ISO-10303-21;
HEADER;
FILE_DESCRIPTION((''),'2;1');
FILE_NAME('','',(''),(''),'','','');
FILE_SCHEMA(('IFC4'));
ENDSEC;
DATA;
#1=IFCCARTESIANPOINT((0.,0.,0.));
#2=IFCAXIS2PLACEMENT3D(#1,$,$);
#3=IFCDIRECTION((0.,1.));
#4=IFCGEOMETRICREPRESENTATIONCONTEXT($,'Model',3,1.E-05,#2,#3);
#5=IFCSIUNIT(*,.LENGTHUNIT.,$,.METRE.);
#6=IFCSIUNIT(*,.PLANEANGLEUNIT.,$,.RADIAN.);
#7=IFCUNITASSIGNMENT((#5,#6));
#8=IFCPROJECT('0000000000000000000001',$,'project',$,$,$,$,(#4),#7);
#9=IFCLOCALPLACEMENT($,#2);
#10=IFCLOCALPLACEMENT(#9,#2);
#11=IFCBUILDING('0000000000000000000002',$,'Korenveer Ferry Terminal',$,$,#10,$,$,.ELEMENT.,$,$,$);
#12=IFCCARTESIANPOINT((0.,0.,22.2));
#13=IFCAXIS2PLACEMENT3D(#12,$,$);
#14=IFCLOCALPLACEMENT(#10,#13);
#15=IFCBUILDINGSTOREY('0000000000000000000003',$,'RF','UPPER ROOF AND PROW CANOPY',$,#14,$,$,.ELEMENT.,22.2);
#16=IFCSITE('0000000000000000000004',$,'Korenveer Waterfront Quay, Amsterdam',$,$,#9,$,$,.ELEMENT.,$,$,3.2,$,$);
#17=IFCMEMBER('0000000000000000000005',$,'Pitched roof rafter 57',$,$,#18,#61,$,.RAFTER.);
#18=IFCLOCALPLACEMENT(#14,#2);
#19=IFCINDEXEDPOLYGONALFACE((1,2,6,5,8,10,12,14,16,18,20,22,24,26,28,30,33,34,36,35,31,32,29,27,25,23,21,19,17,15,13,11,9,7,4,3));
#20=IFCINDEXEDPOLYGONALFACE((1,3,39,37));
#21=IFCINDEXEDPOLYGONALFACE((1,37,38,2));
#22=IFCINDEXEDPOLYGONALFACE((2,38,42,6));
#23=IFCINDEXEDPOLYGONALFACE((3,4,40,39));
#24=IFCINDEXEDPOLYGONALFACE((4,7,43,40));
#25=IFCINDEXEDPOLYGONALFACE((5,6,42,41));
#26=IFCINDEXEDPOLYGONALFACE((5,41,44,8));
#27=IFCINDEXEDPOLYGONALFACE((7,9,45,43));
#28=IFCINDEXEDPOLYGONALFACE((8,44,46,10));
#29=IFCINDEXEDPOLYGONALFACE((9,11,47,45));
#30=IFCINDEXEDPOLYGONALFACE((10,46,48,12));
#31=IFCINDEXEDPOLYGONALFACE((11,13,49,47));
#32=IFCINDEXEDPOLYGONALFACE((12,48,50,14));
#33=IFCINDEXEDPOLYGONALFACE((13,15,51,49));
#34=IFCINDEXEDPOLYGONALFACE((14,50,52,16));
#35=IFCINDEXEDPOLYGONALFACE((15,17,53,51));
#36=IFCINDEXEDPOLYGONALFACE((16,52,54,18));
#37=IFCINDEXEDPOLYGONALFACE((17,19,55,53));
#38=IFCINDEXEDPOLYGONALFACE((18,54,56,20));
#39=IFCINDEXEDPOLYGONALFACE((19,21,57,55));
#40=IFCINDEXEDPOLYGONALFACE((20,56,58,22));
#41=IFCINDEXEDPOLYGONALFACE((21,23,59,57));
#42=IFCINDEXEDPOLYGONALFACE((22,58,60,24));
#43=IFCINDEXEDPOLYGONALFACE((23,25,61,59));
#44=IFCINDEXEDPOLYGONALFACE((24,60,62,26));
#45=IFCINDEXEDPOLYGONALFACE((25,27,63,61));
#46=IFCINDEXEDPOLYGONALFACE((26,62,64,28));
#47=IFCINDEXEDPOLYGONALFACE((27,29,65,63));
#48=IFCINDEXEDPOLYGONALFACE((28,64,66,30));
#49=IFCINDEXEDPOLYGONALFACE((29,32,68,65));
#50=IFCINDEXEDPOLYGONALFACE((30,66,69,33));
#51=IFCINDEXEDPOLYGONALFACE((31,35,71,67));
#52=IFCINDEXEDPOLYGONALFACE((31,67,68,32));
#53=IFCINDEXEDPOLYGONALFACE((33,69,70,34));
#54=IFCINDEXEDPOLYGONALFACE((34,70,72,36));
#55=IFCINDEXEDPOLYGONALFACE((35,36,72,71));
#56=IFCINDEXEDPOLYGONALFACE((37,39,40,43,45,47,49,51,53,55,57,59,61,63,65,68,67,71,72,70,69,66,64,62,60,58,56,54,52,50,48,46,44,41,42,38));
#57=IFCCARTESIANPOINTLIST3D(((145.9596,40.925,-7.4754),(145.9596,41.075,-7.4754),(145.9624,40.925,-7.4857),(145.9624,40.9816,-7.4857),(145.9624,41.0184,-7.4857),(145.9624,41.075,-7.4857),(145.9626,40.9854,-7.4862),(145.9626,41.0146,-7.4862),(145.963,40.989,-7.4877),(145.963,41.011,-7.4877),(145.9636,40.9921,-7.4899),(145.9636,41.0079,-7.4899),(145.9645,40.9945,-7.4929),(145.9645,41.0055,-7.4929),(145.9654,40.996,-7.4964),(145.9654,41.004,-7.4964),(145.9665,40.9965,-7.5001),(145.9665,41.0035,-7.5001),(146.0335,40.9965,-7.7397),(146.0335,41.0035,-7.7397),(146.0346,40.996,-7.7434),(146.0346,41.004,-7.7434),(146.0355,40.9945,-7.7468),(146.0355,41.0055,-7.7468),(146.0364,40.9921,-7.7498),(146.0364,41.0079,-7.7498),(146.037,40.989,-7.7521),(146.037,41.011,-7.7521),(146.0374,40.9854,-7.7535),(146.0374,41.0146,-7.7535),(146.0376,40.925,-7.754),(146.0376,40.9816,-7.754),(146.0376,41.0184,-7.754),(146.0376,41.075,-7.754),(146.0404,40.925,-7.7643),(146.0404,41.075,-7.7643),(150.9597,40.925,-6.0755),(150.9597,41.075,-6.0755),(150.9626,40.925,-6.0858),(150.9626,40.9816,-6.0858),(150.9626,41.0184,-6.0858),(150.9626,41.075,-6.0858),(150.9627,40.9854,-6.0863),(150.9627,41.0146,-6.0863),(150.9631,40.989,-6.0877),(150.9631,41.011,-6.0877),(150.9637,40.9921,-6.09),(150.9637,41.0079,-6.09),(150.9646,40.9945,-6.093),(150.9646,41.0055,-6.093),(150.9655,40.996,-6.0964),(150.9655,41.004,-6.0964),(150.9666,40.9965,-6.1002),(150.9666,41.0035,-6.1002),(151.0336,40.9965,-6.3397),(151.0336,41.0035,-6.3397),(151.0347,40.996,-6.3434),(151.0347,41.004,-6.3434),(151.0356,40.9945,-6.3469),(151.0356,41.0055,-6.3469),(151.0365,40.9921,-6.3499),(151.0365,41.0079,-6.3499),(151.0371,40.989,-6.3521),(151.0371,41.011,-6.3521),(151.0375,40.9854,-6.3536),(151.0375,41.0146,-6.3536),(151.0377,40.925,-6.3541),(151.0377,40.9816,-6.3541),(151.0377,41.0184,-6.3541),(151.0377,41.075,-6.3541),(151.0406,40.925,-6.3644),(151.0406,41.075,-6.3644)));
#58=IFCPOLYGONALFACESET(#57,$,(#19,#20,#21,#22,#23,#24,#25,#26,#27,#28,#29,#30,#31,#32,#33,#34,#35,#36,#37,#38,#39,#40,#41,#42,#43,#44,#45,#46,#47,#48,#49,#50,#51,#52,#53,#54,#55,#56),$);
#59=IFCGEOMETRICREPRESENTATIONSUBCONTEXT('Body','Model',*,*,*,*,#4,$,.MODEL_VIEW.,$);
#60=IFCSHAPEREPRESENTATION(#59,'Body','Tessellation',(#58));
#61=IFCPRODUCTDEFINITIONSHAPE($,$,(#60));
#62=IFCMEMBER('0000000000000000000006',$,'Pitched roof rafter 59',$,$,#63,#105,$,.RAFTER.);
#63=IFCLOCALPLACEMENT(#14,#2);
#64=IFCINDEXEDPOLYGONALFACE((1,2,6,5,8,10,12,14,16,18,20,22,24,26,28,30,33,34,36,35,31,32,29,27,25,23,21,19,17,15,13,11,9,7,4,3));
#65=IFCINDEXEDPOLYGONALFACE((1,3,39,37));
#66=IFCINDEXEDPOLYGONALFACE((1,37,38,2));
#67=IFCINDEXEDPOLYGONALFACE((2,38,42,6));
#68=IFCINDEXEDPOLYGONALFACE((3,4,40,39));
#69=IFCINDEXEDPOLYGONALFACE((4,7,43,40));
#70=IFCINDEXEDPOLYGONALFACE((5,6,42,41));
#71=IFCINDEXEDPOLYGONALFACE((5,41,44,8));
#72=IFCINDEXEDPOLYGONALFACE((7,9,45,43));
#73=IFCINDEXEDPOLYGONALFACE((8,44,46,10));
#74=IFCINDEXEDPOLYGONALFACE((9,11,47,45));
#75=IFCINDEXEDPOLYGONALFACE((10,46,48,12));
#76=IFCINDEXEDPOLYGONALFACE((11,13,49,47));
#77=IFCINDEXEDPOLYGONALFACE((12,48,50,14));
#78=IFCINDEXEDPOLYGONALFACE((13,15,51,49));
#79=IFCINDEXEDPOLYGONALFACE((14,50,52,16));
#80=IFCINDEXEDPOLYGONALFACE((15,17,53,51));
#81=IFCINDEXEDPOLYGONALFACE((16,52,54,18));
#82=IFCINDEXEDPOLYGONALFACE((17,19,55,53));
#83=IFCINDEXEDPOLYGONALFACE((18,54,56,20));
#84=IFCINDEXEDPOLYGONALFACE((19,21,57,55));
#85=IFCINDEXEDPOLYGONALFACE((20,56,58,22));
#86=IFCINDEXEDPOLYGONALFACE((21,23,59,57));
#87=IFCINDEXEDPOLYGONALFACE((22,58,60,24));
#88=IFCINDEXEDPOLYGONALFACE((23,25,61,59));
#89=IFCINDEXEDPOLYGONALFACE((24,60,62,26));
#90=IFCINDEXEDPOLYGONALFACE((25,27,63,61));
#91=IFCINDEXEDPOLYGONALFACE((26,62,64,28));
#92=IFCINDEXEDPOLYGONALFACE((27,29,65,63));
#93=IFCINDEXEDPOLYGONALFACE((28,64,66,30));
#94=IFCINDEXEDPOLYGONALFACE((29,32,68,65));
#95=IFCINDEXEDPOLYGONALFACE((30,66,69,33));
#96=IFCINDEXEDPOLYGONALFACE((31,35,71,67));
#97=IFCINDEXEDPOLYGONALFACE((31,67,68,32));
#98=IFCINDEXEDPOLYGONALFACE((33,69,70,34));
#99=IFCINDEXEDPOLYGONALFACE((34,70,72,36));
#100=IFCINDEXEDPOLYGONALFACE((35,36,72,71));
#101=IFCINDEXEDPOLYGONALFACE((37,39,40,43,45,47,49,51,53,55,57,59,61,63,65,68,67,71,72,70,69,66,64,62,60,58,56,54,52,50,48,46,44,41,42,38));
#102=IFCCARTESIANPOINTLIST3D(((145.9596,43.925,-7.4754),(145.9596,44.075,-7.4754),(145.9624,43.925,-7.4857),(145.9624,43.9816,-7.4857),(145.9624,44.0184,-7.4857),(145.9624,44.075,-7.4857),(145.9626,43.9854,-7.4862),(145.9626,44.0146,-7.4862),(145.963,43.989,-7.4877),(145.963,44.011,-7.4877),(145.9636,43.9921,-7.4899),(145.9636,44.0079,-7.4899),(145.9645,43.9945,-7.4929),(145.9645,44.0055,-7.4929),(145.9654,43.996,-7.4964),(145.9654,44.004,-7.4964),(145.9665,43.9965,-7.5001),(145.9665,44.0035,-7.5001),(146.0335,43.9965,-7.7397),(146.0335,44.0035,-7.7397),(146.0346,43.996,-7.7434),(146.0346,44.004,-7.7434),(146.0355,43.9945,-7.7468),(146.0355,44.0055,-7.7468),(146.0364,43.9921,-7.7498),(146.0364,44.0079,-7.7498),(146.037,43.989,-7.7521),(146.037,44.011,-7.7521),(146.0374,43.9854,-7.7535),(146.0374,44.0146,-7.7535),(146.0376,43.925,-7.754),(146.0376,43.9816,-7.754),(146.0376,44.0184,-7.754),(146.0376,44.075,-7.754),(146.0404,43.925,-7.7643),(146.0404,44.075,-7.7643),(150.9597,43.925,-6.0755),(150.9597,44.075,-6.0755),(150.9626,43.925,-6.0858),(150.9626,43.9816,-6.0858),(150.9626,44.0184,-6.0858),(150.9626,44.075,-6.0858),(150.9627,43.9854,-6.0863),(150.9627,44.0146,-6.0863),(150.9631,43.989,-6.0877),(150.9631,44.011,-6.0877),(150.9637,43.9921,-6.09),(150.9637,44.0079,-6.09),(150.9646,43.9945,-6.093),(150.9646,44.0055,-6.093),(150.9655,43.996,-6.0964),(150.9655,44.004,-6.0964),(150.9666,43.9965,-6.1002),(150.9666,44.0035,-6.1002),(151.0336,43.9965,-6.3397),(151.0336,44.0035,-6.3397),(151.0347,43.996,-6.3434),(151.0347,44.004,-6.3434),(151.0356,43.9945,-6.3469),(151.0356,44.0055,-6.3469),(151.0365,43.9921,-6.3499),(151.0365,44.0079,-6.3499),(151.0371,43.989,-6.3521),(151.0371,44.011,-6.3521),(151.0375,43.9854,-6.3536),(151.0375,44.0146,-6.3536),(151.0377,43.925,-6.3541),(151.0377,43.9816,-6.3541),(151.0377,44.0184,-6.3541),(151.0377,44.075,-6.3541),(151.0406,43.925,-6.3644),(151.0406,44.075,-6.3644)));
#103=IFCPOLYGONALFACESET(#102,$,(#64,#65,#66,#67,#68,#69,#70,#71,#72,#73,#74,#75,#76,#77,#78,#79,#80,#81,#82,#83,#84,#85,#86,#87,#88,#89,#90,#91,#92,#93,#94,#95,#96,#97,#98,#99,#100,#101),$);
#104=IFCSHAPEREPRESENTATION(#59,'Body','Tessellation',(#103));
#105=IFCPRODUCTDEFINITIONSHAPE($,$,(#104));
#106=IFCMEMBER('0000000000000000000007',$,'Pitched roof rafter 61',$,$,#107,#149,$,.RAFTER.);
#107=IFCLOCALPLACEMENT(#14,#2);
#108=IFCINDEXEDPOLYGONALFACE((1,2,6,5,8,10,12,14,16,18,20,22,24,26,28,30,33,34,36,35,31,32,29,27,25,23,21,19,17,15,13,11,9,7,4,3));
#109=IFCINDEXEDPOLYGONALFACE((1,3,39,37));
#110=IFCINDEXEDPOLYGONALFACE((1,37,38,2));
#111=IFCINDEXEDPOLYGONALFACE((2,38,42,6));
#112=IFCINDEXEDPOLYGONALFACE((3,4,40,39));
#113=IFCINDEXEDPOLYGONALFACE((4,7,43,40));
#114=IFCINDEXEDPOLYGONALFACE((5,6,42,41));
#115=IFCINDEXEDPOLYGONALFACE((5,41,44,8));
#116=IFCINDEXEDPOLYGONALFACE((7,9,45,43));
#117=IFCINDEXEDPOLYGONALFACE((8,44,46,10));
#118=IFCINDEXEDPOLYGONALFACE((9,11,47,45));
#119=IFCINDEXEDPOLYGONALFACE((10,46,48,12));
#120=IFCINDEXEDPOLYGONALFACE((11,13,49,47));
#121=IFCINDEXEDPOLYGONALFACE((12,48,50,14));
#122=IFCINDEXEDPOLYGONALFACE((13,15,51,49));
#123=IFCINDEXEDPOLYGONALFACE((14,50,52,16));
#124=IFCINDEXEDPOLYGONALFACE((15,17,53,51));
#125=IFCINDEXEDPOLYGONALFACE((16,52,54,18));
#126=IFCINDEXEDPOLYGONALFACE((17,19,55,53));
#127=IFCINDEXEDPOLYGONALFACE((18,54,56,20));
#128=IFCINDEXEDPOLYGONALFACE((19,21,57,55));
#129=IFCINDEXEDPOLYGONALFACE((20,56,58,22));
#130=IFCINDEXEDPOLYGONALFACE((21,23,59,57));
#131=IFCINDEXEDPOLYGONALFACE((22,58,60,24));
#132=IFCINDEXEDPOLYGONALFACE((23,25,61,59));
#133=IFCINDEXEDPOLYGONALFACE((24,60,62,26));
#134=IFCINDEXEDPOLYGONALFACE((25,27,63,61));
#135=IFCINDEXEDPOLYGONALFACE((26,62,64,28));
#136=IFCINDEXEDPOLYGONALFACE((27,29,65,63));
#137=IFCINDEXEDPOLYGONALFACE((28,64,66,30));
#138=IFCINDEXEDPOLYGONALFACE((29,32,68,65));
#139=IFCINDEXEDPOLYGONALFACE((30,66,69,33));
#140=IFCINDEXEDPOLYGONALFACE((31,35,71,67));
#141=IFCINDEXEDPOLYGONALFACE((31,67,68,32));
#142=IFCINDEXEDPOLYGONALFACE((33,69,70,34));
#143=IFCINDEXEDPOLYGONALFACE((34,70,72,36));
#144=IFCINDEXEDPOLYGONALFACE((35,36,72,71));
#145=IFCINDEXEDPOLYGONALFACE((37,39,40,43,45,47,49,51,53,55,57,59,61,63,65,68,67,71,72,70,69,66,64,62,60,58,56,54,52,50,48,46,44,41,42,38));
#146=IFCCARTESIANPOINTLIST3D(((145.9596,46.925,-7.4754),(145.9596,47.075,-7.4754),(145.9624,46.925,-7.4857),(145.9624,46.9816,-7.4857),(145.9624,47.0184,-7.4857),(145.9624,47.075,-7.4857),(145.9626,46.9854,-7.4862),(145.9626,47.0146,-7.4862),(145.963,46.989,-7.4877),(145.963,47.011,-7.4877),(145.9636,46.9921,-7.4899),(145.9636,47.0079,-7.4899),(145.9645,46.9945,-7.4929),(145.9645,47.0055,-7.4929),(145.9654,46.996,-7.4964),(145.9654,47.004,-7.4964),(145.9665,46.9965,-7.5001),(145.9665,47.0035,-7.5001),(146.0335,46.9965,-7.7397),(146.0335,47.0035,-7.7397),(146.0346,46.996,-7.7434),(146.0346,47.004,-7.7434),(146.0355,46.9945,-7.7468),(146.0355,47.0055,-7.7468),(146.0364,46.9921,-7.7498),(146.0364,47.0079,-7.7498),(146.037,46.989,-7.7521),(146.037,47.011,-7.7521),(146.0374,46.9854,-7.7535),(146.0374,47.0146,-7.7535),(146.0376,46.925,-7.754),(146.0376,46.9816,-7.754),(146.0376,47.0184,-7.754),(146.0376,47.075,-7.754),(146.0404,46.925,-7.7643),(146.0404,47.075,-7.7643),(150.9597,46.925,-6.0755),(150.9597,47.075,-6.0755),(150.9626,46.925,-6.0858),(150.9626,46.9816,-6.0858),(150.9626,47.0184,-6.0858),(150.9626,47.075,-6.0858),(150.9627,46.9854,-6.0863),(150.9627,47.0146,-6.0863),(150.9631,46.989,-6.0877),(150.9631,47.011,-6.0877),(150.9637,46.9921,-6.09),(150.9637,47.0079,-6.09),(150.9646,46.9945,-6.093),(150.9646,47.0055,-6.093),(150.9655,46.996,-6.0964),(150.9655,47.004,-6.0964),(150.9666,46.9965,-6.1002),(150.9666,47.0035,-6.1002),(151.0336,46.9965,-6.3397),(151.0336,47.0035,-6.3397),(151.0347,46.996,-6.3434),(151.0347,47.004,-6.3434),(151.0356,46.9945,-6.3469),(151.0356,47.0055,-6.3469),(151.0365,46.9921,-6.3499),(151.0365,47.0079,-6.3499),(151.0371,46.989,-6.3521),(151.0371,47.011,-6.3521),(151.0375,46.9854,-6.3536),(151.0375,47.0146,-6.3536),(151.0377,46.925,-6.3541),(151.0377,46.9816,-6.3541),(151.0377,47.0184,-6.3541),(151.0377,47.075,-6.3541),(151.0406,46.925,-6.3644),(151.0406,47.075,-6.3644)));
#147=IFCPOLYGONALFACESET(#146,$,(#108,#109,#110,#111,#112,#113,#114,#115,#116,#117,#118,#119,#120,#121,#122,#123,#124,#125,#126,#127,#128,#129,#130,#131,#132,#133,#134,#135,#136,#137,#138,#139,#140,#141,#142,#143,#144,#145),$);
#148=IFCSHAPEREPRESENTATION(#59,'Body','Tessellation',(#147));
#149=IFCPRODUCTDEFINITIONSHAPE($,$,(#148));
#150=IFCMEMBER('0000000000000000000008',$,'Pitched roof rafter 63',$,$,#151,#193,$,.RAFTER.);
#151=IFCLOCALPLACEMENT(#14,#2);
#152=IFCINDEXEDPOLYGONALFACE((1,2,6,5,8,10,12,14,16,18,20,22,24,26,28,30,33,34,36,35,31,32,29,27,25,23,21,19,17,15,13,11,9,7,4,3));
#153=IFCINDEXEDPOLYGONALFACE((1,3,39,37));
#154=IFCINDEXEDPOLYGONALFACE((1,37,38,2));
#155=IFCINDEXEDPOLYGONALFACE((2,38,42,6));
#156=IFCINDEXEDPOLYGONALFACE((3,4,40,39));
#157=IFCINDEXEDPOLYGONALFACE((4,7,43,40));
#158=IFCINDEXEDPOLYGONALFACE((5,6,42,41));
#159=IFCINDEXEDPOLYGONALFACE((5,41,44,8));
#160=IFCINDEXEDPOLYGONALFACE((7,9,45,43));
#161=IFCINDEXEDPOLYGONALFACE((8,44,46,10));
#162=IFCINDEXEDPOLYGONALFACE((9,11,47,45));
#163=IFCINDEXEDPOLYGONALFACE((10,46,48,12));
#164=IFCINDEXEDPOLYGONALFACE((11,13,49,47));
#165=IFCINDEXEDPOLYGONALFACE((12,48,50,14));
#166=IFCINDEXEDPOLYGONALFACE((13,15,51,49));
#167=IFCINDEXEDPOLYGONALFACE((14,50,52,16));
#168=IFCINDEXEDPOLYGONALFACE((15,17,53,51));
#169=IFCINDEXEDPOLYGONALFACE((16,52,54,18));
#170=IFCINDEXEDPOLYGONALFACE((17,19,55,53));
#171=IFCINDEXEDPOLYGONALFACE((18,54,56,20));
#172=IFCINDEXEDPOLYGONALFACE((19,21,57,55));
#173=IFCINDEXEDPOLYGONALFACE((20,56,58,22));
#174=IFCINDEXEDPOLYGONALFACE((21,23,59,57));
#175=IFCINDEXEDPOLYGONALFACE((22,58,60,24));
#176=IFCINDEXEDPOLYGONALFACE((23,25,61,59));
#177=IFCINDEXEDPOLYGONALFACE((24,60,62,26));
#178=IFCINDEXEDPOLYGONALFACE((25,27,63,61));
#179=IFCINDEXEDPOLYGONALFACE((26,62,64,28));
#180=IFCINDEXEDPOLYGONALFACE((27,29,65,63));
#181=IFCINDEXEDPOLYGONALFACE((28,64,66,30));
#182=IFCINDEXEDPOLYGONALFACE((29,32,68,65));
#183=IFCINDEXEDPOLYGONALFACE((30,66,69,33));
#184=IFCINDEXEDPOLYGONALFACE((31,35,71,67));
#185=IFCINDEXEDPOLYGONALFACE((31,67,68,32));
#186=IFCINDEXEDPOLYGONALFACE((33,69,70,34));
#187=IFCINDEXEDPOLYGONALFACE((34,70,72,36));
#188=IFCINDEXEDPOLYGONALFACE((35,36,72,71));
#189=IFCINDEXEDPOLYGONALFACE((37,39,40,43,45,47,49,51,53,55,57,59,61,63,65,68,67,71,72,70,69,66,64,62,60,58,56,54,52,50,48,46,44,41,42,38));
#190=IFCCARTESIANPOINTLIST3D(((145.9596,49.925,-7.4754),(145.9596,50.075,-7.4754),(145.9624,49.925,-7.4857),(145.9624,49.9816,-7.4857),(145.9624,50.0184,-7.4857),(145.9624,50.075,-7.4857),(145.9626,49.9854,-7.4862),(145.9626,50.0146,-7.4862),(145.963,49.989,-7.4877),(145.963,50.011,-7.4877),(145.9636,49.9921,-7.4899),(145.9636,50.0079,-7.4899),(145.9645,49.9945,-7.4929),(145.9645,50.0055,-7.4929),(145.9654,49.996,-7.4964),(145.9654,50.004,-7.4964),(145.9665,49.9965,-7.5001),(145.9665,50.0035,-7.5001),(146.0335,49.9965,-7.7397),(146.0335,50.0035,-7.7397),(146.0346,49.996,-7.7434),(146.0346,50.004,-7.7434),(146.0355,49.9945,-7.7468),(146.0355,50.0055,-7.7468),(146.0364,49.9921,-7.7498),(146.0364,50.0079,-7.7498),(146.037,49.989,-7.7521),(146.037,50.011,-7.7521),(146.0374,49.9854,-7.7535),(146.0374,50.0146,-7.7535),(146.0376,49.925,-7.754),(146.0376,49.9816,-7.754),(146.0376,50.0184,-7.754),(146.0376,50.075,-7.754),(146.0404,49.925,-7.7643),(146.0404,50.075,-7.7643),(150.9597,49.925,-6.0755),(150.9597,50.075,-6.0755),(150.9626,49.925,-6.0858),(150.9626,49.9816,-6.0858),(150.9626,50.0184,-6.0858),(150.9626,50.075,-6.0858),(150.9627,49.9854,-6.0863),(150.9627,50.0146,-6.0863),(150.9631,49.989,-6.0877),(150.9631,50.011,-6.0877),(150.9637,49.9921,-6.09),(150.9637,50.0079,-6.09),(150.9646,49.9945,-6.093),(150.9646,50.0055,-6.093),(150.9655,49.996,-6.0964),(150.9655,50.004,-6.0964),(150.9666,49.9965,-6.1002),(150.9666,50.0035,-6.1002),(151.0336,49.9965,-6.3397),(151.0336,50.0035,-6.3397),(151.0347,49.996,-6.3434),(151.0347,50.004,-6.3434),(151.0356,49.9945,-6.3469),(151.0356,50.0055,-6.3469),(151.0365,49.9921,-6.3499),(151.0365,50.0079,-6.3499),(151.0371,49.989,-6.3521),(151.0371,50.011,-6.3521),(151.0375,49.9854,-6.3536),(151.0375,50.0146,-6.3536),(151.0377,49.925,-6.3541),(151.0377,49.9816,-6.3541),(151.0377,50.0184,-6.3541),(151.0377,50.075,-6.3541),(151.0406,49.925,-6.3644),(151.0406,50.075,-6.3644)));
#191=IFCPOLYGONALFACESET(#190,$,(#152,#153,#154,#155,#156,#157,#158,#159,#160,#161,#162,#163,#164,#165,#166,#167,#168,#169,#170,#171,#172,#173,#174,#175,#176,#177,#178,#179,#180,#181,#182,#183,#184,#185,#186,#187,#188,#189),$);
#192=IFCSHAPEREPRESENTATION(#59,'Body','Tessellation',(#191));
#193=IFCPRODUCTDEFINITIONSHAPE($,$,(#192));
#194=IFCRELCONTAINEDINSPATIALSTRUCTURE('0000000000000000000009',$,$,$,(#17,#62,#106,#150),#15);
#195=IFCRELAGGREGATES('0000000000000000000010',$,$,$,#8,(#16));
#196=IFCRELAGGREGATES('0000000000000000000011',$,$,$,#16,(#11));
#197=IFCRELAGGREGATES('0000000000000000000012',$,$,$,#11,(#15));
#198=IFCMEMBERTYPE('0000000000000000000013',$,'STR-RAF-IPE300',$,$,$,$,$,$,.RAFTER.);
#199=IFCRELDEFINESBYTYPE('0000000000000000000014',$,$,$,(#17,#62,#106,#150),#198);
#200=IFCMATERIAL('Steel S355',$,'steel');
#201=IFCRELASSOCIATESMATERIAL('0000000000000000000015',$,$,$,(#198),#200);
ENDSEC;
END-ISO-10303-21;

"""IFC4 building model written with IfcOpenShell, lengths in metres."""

from ifc_helpers import new_model, si_unit, direction, frame, origin, origin_2d, place, context, subcontext, project, spatial, i_section, extrude, material, material_profile, profile_set, type_object, element, save


model = new_model("IFC4")

# Units and contexts
model_context = context("Model", 3, precision=1e-05, world=origin(), true_north=direction((0.0, 1.0)))
body_context = subcontext(model_context, "Body", "Model", "MODEL_VIEW")
ifc_project = project(units=[si_unit("LENGTHUNIT", "METRE"), si_unit("PLANEANGLEUNIT", "RADIAN")], contexts=[model_context])

# Site, building, storey
site_placement = place(None, origin())
site = spatial("IfcSite", under=ifc_project, at=site_placement, Name="Korenveer Waterfront Quay, Amsterdam", CompositionType="ELEMENT", RefElevation=3.2)
building_placement = place(site_placement, origin())
building = spatial("IfcBuilding", under=site, at=building_placement, Name="Korenveer Ferry Terminal", CompositionType="ELEMENT")
storey_placement = place(building_placement, frame((0.0, 0.0, 22.2)))
storey = spatial("IfcBuildingStorey", under=building, at=storey_placement, Name="RF", Description="UPPER ROOF AND PROW CANOPY", CompositionType="ELEMENT", Elevation=22.2)

# Shared definitions
ifc_material_1 = material(Name="Steel S355", Category="steel")

# Members
ifc_material_profile_1 = material_profile(ifc_material_1, i_section(OverallWidth=0.1499, OverallDepth=0.3, WebThickness=0.0071, FlangeThickness=0.0107, FilletRadius=0.0149, at=origin_2d()), Name="IPE 300")
ifc_profile_set_1 = profile_set([ifc_material_profile_1], Name="Steel S355")
member_type_1 = type_object("IfcMemberType", Name="STR-RAF-IPE300", PredefinedType="RAFTER", material=ifc_profile_set_1)
for number, where, z_axis, x_axis, name in (
    (1, (146.0, 41.0, -7.6199), (0.962969, 0.0, 0.269612), (0.0, 1.0, 0.0), "Pitched roof rafter 57"),
    (2, (146.0, 44.0, -7.6199), (0.962969, 0.0, 0.269612), (0.0, 1.0, 0.0), "Pitched roof rafter 59"),
    (3, (146.0, 47.0, -7.6199), (0.962969, 0.0, 0.269612), (0.0, 1.0, 0.0), "Pitched roof rafter 61"),
    (4, (146.0, 50.0, -7.6199), (0.962969, 0.0, 0.269612), (0.0, 1.0, 0.0), "Pitched roof rafter 63"),
):
    element("IfcMember", number, at=place(storey_placement, frame(where, z_axis=z_axis, x_axis=x_axis)), inside=storey, type_object=member_type_1, Name=name, PredefinedType="RAFTER", context=body_context, shape_type="SweptSolid", body=[
        extrude(i_section(OverallWidth=0.1499, OverallDepth=0.3, WebThickness=0.0071, FlangeThickness=0.0107, FilletRadius=0.0149, at=origin_2d()), origin(), (0.0, 0.0, 1.0), 5.1924),
    ])

save(model, "model.ifc")
